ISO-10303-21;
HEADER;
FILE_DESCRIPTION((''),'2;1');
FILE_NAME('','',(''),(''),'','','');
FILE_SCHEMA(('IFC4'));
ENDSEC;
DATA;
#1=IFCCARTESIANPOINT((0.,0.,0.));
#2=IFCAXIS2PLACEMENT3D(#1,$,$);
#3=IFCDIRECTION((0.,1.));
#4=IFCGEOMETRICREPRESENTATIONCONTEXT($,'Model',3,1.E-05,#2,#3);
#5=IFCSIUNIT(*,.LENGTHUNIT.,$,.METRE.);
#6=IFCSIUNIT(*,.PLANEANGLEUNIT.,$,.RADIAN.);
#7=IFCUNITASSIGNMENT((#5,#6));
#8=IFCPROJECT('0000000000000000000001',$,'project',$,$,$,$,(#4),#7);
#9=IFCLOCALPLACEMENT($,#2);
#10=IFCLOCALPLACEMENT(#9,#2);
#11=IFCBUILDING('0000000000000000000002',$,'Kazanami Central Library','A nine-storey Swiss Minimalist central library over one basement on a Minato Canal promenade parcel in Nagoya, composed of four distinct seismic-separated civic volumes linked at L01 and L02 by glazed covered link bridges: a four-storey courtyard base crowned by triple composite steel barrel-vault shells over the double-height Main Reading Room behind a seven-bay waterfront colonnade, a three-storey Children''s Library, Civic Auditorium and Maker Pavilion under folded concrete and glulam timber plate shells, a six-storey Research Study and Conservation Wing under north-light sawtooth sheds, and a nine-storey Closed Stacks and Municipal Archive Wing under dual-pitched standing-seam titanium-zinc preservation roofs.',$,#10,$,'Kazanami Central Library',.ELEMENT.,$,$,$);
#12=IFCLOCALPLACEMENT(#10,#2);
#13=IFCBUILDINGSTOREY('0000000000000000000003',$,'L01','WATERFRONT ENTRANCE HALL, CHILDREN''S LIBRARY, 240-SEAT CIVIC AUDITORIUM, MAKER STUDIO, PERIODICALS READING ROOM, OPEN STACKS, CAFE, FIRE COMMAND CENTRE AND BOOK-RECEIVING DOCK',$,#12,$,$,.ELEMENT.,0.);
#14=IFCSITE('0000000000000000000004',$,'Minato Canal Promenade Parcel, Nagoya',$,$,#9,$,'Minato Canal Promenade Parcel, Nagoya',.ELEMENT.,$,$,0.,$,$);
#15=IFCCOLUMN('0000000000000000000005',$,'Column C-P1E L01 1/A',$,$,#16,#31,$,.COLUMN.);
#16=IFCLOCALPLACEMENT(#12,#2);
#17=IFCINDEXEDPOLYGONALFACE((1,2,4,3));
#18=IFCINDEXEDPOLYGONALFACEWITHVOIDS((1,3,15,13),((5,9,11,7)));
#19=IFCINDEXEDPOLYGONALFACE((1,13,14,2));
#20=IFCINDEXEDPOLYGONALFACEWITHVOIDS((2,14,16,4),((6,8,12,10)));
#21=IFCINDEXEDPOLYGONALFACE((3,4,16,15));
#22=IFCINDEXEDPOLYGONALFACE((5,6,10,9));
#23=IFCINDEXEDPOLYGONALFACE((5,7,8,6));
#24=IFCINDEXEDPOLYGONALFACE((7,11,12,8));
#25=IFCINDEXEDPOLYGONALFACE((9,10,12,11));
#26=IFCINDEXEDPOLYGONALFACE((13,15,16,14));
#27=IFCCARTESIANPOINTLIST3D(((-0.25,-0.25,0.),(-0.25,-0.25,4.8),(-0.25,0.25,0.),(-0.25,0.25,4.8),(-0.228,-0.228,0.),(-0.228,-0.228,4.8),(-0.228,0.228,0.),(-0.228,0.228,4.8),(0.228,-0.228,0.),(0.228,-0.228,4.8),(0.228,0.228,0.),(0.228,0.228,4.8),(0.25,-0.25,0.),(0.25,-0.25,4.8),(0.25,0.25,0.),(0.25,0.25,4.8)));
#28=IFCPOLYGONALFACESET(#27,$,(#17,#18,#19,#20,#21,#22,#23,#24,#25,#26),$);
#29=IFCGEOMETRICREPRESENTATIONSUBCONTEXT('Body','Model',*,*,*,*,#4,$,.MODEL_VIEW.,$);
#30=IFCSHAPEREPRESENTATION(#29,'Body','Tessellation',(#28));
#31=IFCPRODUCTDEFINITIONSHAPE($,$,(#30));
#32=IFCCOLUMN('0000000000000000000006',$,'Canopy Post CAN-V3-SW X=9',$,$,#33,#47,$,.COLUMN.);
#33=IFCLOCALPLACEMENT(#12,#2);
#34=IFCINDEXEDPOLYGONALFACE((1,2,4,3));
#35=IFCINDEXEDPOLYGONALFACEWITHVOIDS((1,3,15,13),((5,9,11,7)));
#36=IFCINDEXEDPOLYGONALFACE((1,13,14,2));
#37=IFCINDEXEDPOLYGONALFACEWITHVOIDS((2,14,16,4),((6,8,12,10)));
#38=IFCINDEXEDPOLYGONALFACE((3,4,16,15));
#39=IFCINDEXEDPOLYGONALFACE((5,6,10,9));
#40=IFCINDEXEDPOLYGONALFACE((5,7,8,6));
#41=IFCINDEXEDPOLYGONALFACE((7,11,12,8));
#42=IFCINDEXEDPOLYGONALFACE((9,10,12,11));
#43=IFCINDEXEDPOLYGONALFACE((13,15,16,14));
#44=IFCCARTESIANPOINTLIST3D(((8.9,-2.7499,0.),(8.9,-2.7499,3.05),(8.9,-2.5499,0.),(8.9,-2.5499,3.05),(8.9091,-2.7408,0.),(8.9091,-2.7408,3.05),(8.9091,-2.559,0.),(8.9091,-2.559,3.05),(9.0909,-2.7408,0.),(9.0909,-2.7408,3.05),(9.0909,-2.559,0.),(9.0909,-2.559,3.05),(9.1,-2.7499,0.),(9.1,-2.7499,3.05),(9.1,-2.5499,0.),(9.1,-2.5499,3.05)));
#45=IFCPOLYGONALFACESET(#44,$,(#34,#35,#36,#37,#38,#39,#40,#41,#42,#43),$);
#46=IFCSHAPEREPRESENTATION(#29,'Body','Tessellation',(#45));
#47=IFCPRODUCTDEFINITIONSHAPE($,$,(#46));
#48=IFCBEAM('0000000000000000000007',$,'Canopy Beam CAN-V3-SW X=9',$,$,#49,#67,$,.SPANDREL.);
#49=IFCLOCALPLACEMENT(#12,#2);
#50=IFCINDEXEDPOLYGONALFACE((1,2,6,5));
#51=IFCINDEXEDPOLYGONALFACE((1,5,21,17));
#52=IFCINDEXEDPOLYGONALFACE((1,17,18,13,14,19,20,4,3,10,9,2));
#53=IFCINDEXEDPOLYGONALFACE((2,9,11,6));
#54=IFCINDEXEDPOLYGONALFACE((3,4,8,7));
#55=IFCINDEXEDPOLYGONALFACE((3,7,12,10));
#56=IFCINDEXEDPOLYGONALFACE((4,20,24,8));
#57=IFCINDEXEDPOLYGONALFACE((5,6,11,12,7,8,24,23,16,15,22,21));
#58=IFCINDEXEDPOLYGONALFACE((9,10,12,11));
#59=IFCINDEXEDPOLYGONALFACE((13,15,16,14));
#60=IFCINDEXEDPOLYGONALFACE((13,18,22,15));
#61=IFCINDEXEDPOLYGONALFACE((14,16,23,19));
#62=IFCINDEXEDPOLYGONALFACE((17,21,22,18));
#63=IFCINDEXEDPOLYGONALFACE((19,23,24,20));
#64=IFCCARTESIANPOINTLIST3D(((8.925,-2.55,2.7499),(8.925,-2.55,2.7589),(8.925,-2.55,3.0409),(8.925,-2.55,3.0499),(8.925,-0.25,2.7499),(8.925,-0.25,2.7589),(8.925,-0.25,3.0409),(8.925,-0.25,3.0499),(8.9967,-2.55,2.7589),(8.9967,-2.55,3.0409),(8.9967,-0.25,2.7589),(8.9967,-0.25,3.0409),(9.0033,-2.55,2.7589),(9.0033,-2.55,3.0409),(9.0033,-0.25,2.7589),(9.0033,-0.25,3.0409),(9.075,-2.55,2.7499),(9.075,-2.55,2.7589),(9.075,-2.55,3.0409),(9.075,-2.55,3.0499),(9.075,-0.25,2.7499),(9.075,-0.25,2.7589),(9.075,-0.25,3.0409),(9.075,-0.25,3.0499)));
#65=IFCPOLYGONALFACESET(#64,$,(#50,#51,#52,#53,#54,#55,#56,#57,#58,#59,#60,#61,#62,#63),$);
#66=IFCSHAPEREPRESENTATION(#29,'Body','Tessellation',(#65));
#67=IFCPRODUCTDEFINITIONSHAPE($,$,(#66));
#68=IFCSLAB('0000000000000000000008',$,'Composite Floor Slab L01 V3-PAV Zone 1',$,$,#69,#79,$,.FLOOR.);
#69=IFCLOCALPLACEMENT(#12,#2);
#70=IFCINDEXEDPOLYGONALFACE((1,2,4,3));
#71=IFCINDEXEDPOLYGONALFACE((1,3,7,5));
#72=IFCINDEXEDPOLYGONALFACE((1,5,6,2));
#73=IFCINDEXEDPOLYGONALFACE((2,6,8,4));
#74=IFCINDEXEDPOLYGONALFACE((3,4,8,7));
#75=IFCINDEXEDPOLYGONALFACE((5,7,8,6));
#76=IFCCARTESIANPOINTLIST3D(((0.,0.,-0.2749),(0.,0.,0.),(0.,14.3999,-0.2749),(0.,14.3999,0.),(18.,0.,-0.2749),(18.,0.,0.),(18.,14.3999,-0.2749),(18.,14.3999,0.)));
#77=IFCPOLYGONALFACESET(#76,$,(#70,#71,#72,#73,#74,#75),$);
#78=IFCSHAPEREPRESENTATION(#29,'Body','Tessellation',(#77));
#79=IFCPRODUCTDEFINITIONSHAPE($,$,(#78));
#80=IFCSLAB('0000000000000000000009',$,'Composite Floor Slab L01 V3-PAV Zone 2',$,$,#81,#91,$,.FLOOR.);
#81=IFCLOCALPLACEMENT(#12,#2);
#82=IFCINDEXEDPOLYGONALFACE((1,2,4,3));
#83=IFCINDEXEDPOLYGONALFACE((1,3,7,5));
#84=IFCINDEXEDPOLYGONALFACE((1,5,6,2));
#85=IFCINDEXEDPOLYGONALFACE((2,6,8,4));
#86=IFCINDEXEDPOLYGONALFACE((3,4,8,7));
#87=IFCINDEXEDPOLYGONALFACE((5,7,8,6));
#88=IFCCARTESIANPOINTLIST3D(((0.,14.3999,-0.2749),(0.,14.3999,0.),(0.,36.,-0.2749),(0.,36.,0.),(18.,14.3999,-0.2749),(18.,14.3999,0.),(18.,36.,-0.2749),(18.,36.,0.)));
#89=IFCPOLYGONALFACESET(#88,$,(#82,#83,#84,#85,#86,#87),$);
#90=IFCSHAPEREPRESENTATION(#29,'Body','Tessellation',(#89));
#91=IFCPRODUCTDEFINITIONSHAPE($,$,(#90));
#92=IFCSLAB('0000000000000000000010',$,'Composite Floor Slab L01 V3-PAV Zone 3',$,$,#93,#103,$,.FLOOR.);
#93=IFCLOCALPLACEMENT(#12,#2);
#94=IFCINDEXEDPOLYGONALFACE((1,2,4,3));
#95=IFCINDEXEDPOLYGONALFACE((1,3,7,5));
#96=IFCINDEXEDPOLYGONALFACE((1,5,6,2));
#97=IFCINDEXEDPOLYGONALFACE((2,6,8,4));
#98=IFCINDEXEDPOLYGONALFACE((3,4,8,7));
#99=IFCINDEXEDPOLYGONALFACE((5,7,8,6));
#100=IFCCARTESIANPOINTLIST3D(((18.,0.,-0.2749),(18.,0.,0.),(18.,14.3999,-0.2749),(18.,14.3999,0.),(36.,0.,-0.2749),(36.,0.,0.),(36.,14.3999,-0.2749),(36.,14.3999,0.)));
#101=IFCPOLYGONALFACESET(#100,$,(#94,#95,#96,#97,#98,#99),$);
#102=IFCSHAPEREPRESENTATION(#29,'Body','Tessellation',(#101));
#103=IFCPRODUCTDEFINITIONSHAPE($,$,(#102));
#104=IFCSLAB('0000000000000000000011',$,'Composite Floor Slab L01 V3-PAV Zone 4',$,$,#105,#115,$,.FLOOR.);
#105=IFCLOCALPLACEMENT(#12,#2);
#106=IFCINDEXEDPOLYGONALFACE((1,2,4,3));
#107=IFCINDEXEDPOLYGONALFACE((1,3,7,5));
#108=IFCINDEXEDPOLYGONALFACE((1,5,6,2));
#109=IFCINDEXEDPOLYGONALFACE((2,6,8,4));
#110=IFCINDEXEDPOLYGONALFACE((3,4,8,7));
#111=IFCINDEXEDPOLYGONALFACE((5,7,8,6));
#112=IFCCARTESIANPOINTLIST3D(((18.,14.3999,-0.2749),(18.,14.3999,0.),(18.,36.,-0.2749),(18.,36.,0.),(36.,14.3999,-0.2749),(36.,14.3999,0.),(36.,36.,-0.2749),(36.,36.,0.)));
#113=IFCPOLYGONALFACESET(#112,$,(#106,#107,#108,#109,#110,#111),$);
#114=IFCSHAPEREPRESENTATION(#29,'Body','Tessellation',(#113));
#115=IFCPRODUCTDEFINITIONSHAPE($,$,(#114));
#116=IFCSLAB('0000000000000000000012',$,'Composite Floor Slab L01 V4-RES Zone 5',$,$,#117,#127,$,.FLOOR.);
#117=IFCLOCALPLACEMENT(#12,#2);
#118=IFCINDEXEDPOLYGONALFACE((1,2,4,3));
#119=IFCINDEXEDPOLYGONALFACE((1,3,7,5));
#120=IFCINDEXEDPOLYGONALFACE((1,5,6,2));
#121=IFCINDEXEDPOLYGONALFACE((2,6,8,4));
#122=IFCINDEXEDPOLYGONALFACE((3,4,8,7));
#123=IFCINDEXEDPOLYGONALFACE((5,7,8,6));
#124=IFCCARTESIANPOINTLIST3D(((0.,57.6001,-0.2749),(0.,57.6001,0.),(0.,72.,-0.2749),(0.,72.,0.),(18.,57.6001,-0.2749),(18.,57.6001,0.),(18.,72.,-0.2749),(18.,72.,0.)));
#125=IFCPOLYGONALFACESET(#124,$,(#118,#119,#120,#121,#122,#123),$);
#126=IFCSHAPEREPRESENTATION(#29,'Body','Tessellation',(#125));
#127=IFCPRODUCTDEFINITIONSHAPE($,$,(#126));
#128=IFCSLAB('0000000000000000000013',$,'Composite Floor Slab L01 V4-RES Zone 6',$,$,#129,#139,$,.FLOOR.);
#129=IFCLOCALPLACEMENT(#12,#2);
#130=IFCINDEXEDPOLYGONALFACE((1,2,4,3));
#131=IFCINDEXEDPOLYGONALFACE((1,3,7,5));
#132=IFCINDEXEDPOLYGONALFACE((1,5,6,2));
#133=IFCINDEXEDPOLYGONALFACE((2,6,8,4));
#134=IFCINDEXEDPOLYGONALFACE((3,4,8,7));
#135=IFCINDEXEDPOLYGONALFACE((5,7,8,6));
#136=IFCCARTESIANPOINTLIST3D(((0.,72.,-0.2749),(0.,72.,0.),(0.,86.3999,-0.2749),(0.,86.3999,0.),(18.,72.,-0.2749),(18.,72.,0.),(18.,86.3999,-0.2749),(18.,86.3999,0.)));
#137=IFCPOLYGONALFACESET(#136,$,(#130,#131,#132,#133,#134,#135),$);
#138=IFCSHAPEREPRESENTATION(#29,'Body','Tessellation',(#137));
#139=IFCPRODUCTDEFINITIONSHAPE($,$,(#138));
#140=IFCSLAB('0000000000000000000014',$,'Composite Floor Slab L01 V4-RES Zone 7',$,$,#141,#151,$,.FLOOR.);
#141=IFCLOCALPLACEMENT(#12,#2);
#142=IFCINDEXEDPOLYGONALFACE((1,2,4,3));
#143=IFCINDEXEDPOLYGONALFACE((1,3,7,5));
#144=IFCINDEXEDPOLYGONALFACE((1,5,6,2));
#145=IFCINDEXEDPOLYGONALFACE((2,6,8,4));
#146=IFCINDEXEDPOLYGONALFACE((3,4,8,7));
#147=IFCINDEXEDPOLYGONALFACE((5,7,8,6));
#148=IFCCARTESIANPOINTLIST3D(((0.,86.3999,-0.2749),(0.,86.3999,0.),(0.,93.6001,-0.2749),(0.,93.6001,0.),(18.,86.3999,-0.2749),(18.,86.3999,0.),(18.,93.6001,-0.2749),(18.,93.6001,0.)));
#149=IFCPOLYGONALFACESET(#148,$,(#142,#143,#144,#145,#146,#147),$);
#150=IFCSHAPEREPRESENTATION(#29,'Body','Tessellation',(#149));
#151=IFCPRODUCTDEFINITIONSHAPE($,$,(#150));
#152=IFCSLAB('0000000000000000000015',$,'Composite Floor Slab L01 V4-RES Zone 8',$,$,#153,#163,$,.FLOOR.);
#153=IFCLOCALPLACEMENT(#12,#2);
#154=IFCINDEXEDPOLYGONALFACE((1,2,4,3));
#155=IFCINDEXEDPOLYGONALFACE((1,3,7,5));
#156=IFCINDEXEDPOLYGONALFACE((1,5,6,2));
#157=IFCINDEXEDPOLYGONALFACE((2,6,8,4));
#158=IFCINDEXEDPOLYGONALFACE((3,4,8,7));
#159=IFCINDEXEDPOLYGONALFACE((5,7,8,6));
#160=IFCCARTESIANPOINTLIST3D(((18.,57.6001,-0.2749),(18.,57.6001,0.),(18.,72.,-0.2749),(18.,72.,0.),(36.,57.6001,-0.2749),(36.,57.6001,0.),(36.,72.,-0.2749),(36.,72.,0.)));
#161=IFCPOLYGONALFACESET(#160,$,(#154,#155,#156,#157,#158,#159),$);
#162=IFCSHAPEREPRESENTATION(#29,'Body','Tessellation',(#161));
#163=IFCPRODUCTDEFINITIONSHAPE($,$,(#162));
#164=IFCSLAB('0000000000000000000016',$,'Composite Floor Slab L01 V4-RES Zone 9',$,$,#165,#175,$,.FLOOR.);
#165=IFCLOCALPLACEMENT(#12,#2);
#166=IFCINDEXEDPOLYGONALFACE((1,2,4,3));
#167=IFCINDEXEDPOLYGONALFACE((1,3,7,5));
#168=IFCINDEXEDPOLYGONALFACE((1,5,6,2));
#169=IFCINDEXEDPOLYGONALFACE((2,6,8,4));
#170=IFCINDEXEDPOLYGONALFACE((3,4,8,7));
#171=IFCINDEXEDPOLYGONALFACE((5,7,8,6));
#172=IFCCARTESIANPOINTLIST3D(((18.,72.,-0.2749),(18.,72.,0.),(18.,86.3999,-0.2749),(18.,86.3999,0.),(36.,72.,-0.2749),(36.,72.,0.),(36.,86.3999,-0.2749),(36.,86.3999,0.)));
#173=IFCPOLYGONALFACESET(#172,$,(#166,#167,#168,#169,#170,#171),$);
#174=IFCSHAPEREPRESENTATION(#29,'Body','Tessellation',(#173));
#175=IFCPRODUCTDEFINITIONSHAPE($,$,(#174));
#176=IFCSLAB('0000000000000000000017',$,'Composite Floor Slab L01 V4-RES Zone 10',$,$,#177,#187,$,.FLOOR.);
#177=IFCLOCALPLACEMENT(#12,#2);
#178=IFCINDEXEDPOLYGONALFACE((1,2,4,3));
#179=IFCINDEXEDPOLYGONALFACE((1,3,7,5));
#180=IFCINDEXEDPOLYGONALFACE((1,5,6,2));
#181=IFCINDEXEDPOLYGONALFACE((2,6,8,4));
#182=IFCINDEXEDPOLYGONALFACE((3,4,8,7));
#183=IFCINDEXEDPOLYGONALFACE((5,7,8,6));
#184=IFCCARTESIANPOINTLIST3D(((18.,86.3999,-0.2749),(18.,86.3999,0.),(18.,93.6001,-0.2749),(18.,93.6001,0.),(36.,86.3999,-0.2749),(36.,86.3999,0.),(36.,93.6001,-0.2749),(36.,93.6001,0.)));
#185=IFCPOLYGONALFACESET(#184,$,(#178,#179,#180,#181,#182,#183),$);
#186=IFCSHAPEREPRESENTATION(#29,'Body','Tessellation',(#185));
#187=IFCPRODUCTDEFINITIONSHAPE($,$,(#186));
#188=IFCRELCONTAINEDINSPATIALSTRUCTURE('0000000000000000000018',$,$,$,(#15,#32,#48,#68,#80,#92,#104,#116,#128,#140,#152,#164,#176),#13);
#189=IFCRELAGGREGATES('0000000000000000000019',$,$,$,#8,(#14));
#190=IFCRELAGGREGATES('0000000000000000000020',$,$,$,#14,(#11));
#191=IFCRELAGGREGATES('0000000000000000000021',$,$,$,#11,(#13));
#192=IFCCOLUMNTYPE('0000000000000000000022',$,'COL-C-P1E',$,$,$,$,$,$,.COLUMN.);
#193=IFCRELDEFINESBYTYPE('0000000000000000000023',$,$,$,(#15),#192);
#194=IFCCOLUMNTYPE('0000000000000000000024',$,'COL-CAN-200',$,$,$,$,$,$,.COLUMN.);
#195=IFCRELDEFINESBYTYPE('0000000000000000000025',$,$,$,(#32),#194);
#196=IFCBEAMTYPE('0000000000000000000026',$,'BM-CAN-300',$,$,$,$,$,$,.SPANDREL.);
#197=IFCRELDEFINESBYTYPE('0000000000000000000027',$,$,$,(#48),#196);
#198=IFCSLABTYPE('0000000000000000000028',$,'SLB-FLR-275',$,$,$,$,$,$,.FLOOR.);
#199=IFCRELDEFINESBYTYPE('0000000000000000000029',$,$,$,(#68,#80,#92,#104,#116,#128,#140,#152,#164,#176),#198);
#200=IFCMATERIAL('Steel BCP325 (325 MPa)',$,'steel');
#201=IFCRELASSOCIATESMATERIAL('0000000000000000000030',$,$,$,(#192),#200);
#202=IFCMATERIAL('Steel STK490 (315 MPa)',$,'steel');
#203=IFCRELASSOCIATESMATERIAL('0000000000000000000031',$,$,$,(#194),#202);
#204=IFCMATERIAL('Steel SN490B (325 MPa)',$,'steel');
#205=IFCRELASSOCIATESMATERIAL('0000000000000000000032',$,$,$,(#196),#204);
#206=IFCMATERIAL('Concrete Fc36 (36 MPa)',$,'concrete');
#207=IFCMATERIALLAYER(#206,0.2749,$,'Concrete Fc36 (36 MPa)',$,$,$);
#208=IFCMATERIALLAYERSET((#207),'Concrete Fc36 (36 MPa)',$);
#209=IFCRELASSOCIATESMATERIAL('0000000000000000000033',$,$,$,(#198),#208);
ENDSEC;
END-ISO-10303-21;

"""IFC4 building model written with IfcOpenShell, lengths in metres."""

from ifc_helpers import new_model, si_unit, direction, frame, origin, origin_with_axes, origin_2d, place, context, subcontext, project, spatial, polyline, hollow_rectangle, i_section, outline, extrude, material, layer, layer_set, material_profile, profile_set, type_object, element, save


model = new_model("IFC4")

# Units and contexts
model_context = context("Model", 3, precision=1e-05, world=origin(), true_north=direction((0.0, 1.0)))
body_context = subcontext(model_context, "Body", "Model", "MODEL_VIEW")
ifc_project = project(units=[si_unit("LENGTHUNIT", "METRE"), si_unit("PLANEANGLEUNIT", "RADIAN")], contexts=[model_context])

# Site, building, storey
site_placement = place(None, origin())
site = spatial("IfcSite", under=ifc_project, at=site_placement, Name="Minato Canal Promenade Parcel, Nagoya", LongName="Minato Canal Promenade Parcel, Nagoya", CompositionType="ELEMENT", RefElevation=0.0)
building_placement = place(site_placement, origin())
building = spatial("IfcBuilding", under=site, at=building_placement, Name="Kazanami Central Library", Description="A nine-storey Swiss Minimalist central library over one basement on a Minato Canal promenade parcel in Nagoya, composed of four distinct seismic-separated civic volumes linked at L01 and L02 by glazed covered link bridges: a four-storey courtyard base crowned by triple composite steel barrel-vault shells over the double-height Main Reading Room behind a seven-bay waterfront colonnade, a three-storey Children's Library, Civic Auditorium and Maker Pavilion under folded concrete and glulam timber plate shells, a six-storey Research Study and Conservation Wing under north-light sawtooth sheds, and a nine-storey Closed Stacks and Municipal Archive Wing under dual-pitched standing-seam titanium-zinc preservation roofs.", LongName="Kazanami Central Library", CompositionType="ELEMENT")
storey_placement = place(building_placement, origin())
storey = spatial("IfcBuildingStorey", under=building, at=storey_placement, Name="L01", Description="WATERFRONT ENTRANCE HALL, CHILDREN'S LIBRARY, 240-SEAT CIVIC AUDITORIUM, MAKER STUDIO, PERIODICALS READING ROOM, OPEN STACKS, CAFE, FIRE COMMAND CENTRE AND BOOK-RECEIVING DOCK", CompositionType="ELEMENT", Elevation=0.0)

# Columns
ifc_material_1 = material(Name="Steel BCP325 (325 MPa)", Category="steel")
ifc_material_profile_1 = material_profile(ifc_material_1, hollow_rectangle(XDim=0.5, YDim=0.5, WallThickness=0.022, at=origin_2d()), Name="BCP-500x500x22")
ifc_profile_set_1 = profile_set([ifc_material_profile_1], Name="Steel BCP325 (325 MPa)")
column_type_1 = type_object("IfcColumnType", Name="COL-C-P1E", PredefinedType="COLUMN", material=ifc_profile_set_1)
column_1_placement = place(storey_placement, origin_with_axes())
element("IfcColumn", 1, at=column_1_placement, inside=storey, type_object=column_type_1, Name="Column C-P1E L01 1/A", PredefinedType="COLUMN", context=body_context, shape_type="SweptSolid", body=[
    extrude(hollow_rectangle(XDim=0.5, YDim=0.5, WallThickness=0.022, at=origin_2d()), origin(), (0.0, 0.0, 1.0), 4.8),
])
ifc_material_2 = material(Name="Steel STK490 (315 MPa)", Category="steel")
ifc_material_profile_2 = material_profile(ifc_material_2, hollow_rectangle(XDim=0.2, YDim=0.2, WallThickness=0.009, at=origin_2d()), Name="STKR-200x200x9")
ifc_profile_set_2 = profile_set([ifc_material_profile_2], Name="Steel STK490 (315 MPa)")
column_type_2 = type_object("IfcColumnType", Name="COL-CAN-200", PredefinedType="COLUMN", material=ifc_profile_set_2)
column_2_placement = place(storey_placement, frame((9.0, -2.6499, 0.0), z_axis=(0.0, 0.0, 1.0), x_axis=(1.0, 0.0, 0.0)))
element("IfcColumn", 2, at=column_2_placement, inside=storey, type_object=column_type_2, Name="Canopy Post CAN-V3-SW X=9", PredefinedType="COLUMN", context=body_context, shape_type="SweptSolid", body=[
    extrude(hollow_rectangle(XDim=0.2, YDim=0.2, WallThickness=0.009, at=origin_2d()), origin(), (0.0, 0.0, 1.0), 3.05),
])

# Beam
ifc_material_3 = material(Name="Steel SN490B (325 MPa)", Category="steel")
ifc_material_profile_3 = material_profile(ifc_material_3, i_section(OverallWidth=0.1499, OverallDepth=0.3, WebThickness=0.0066, FlangeThickness=0.009, at=origin_2d()), Name="H-300x150x6.5x9")
ifc_profile_set_3 = profile_set([ifc_material_profile_3], Name="Steel SN490B (325 MPa)")
beam_type = type_object("IfcBeamType", Name="BM-CAN-300", PredefinedType="SPANDREL", material=ifc_profile_set_3)
beam_placement = place(storey_placement, frame((9.0, -0.25, 2.8999), z_axis=(0.0, -1.0, 0.0), x_axis=(1.0, 0.0, 0.0)))
element("IfcBeam", 3, at=beam_placement, inside=storey, type_object=beam_type, Name="Canopy Beam CAN-V3-SW X=9", PredefinedType="SPANDREL", context=body_context, shape_type="SweptSolid", body=[
    extrude(i_section(OverallWidth=0.1499, OverallDepth=0.3, WebThickness=0.0066, FlangeThickness=0.009, at=origin_2d()), origin(), (0.0, 0.0, 1.0), 2.3),
])

# Slabs
ifc_material_4 = material(Name="Concrete Fc36 (36 MPa)", Category="concrete")
ifc_layer = layer(ifc_material_4, 0.2749, Name="Concrete Fc36 (36 MPa)")
ifc_layer_set = layer_set([ifc_layer], Name="Concrete Fc36 (36 MPa)")
slab_type = type_object("IfcSlabType", Name="SLB-FLR-275", PredefinedType="FLOOR", material=ifc_layer_set)
slab_1_placement = place(storey_placement, frame((0.0, 0.0, -0.2749)))
element("IfcSlab", 4, at=slab_1_placement, inside=storey, type_object=slab_type, Name="Composite Floor Slab L01 V3-PAV Zone 1", PredefinedType="FLOOR", context=body_context, shape_type="SweptSolid", body=[
    extrude(outline(polyline([(0.0, 0.0), (18.0, 0.0), (18.0, 14.3999), (0.0, 14.3999), (0.0, 0.0)])), origin(), (0.0, 0.0, 1.0), 0.2749),
])
slab_2_placement = place(storey_placement, frame((0.0, 0.0, -0.2749)))
element("IfcSlab", 5, at=slab_2_placement, inside=storey, type_object=slab_type, Name="Composite Floor Slab L01 V3-PAV Zone 2", PredefinedType="FLOOR", context=body_context, shape_type="SweptSolid", body=[
    extrude(outline(polyline([(0.0, 14.3999), (18.0, 14.3999), (18.0, 36.0), (0.0, 36.0), (0.0, 14.3999)])), origin(), (0.0, 0.0, 1.0), 0.2749),
])
slab_3_placement = place(storey_placement, frame((0.0, 0.0, -0.2749)))
element("IfcSlab", 6, at=slab_3_placement, inside=storey, type_object=slab_type, Name="Composite Floor Slab L01 V3-PAV Zone 3", PredefinedType="FLOOR", context=body_context, shape_type="SweptSolid", body=[
    extrude(outline(polyline([(18.0, 0.0), (36.0, 0.0), (36.0, 14.3999), (18.0, 14.3999), (18.0, 0.0)])), origin(), (0.0, 0.0, 1.0), 0.2749),
])
slab_4_placement = place(storey_placement, frame((0.0, 0.0, -0.2749)))
element("IfcSlab", 7, at=slab_4_placement, inside=storey, type_object=slab_type, Name="Composite Floor Slab L01 V3-PAV Zone 4", PredefinedType="FLOOR", context=body_context, shape_type="SweptSolid", body=[
    extrude(outline(polyline([(18.0, 14.3999), (36.0, 14.3999), (36.0, 36.0), (18.0, 36.0), (18.0, 14.3999)])), origin(), (0.0, 0.0, 1.0), 0.2749),
])
slab_5_placement = place(storey_placement, frame((0.0, 0.0, -0.2749)))
element("IfcSlab", 8, at=slab_5_placement, inside=storey, type_object=slab_type, Name="Composite Floor Slab L01 V4-RES Zone 5", PredefinedType="FLOOR", context=body_context, shape_type="SweptSolid", body=[
    extrude(outline(polyline([(0.0, 57.6001), (18.0, 57.6001), (18.0, 72.0), (0.0, 72.0), (0.0, 57.6001)])), origin(), (0.0, 0.0, 1.0), 0.2749),
])
slab_6_placement = place(storey_placement, frame((0.0, 0.0, -0.2749)))
element("IfcSlab", 9, at=slab_6_placement, inside=storey, type_object=slab_type, Name="Composite Floor Slab L01 V4-RES Zone 6", PredefinedType="FLOOR", context=body_context, shape_type="SweptSolid", body=[
    extrude(outline(polyline([(0.0, 72.0), (18.0, 72.0), (18.0, 86.3999), (0.0, 86.3999), (0.0, 72.0)])), origin(), (0.0, 0.0, 1.0), 0.2749),
])
slab_7_placement = place(storey_placement, frame((0.0, 0.0, -0.2749)))
element("IfcSlab", 10, at=slab_7_placement, inside=storey, type_object=slab_type, Name="Composite Floor Slab L01 V4-RES Zone 7", PredefinedType="FLOOR", context=body_context, shape_type="SweptSolid", body=[
    extrude(outline(polyline([(0.0, 86.3999), (18.0, 86.3999), (18.0, 93.6001), (0.0, 93.6001), (0.0, 86.3999)])), origin(), (0.0, 0.0, 1.0), 0.2749),
])
slab_8_placement = place(storey_placement, frame((0.0, 0.0, -0.2749)))
element("IfcSlab", 11, at=slab_8_placement, inside=storey, type_object=slab_type, Name="Composite Floor Slab L01 V4-RES Zone 8", PredefinedType="FLOOR", context=body_context, shape_type="SweptSolid", body=[
    extrude(outline(polyline([(18.0, 57.6001), (36.0, 57.6001), (36.0, 72.0), (18.0, 72.0), (18.0, 57.6001)])), origin(), (0.0, 0.0, 1.0), 0.2749),
])
slab_9_placement = place(storey_placement, frame((0.0, 0.0, -0.2749)))
element("IfcSlab", 12, at=slab_9_placement, inside=storey, type_object=slab_type, Name="Composite Floor Slab L01 V4-RES Zone 9", PredefinedType="FLOOR", context=body_context, shape_type="SweptSolid", body=[
    extrude(outline(polyline([(18.0, 72.0), (36.0, 72.0), (36.0, 86.3999), (18.0, 86.3999), (18.0, 72.0)])), origin(), (0.0, 0.0, 1.0), 0.2749),
])
slab_10_placement = place(storey_placement, frame((0.0, 0.0, -0.2749)))
element("IfcSlab", 13, at=slab_10_placement, inside=storey, type_object=slab_type, Name="Composite Floor Slab L01 V4-RES Zone 10", PredefinedType="FLOOR", context=body_context, shape_type="SweptSolid", body=[
    extrude(outline(polyline([(18.0, 86.3999), (36.0, 86.3999), (36.0, 93.6001), (18.0, 93.6001), (18.0, 86.3999)])), origin(), (0.0, 0.0, 1.0), 0.2749),
])

save(model, "model.ifc")
